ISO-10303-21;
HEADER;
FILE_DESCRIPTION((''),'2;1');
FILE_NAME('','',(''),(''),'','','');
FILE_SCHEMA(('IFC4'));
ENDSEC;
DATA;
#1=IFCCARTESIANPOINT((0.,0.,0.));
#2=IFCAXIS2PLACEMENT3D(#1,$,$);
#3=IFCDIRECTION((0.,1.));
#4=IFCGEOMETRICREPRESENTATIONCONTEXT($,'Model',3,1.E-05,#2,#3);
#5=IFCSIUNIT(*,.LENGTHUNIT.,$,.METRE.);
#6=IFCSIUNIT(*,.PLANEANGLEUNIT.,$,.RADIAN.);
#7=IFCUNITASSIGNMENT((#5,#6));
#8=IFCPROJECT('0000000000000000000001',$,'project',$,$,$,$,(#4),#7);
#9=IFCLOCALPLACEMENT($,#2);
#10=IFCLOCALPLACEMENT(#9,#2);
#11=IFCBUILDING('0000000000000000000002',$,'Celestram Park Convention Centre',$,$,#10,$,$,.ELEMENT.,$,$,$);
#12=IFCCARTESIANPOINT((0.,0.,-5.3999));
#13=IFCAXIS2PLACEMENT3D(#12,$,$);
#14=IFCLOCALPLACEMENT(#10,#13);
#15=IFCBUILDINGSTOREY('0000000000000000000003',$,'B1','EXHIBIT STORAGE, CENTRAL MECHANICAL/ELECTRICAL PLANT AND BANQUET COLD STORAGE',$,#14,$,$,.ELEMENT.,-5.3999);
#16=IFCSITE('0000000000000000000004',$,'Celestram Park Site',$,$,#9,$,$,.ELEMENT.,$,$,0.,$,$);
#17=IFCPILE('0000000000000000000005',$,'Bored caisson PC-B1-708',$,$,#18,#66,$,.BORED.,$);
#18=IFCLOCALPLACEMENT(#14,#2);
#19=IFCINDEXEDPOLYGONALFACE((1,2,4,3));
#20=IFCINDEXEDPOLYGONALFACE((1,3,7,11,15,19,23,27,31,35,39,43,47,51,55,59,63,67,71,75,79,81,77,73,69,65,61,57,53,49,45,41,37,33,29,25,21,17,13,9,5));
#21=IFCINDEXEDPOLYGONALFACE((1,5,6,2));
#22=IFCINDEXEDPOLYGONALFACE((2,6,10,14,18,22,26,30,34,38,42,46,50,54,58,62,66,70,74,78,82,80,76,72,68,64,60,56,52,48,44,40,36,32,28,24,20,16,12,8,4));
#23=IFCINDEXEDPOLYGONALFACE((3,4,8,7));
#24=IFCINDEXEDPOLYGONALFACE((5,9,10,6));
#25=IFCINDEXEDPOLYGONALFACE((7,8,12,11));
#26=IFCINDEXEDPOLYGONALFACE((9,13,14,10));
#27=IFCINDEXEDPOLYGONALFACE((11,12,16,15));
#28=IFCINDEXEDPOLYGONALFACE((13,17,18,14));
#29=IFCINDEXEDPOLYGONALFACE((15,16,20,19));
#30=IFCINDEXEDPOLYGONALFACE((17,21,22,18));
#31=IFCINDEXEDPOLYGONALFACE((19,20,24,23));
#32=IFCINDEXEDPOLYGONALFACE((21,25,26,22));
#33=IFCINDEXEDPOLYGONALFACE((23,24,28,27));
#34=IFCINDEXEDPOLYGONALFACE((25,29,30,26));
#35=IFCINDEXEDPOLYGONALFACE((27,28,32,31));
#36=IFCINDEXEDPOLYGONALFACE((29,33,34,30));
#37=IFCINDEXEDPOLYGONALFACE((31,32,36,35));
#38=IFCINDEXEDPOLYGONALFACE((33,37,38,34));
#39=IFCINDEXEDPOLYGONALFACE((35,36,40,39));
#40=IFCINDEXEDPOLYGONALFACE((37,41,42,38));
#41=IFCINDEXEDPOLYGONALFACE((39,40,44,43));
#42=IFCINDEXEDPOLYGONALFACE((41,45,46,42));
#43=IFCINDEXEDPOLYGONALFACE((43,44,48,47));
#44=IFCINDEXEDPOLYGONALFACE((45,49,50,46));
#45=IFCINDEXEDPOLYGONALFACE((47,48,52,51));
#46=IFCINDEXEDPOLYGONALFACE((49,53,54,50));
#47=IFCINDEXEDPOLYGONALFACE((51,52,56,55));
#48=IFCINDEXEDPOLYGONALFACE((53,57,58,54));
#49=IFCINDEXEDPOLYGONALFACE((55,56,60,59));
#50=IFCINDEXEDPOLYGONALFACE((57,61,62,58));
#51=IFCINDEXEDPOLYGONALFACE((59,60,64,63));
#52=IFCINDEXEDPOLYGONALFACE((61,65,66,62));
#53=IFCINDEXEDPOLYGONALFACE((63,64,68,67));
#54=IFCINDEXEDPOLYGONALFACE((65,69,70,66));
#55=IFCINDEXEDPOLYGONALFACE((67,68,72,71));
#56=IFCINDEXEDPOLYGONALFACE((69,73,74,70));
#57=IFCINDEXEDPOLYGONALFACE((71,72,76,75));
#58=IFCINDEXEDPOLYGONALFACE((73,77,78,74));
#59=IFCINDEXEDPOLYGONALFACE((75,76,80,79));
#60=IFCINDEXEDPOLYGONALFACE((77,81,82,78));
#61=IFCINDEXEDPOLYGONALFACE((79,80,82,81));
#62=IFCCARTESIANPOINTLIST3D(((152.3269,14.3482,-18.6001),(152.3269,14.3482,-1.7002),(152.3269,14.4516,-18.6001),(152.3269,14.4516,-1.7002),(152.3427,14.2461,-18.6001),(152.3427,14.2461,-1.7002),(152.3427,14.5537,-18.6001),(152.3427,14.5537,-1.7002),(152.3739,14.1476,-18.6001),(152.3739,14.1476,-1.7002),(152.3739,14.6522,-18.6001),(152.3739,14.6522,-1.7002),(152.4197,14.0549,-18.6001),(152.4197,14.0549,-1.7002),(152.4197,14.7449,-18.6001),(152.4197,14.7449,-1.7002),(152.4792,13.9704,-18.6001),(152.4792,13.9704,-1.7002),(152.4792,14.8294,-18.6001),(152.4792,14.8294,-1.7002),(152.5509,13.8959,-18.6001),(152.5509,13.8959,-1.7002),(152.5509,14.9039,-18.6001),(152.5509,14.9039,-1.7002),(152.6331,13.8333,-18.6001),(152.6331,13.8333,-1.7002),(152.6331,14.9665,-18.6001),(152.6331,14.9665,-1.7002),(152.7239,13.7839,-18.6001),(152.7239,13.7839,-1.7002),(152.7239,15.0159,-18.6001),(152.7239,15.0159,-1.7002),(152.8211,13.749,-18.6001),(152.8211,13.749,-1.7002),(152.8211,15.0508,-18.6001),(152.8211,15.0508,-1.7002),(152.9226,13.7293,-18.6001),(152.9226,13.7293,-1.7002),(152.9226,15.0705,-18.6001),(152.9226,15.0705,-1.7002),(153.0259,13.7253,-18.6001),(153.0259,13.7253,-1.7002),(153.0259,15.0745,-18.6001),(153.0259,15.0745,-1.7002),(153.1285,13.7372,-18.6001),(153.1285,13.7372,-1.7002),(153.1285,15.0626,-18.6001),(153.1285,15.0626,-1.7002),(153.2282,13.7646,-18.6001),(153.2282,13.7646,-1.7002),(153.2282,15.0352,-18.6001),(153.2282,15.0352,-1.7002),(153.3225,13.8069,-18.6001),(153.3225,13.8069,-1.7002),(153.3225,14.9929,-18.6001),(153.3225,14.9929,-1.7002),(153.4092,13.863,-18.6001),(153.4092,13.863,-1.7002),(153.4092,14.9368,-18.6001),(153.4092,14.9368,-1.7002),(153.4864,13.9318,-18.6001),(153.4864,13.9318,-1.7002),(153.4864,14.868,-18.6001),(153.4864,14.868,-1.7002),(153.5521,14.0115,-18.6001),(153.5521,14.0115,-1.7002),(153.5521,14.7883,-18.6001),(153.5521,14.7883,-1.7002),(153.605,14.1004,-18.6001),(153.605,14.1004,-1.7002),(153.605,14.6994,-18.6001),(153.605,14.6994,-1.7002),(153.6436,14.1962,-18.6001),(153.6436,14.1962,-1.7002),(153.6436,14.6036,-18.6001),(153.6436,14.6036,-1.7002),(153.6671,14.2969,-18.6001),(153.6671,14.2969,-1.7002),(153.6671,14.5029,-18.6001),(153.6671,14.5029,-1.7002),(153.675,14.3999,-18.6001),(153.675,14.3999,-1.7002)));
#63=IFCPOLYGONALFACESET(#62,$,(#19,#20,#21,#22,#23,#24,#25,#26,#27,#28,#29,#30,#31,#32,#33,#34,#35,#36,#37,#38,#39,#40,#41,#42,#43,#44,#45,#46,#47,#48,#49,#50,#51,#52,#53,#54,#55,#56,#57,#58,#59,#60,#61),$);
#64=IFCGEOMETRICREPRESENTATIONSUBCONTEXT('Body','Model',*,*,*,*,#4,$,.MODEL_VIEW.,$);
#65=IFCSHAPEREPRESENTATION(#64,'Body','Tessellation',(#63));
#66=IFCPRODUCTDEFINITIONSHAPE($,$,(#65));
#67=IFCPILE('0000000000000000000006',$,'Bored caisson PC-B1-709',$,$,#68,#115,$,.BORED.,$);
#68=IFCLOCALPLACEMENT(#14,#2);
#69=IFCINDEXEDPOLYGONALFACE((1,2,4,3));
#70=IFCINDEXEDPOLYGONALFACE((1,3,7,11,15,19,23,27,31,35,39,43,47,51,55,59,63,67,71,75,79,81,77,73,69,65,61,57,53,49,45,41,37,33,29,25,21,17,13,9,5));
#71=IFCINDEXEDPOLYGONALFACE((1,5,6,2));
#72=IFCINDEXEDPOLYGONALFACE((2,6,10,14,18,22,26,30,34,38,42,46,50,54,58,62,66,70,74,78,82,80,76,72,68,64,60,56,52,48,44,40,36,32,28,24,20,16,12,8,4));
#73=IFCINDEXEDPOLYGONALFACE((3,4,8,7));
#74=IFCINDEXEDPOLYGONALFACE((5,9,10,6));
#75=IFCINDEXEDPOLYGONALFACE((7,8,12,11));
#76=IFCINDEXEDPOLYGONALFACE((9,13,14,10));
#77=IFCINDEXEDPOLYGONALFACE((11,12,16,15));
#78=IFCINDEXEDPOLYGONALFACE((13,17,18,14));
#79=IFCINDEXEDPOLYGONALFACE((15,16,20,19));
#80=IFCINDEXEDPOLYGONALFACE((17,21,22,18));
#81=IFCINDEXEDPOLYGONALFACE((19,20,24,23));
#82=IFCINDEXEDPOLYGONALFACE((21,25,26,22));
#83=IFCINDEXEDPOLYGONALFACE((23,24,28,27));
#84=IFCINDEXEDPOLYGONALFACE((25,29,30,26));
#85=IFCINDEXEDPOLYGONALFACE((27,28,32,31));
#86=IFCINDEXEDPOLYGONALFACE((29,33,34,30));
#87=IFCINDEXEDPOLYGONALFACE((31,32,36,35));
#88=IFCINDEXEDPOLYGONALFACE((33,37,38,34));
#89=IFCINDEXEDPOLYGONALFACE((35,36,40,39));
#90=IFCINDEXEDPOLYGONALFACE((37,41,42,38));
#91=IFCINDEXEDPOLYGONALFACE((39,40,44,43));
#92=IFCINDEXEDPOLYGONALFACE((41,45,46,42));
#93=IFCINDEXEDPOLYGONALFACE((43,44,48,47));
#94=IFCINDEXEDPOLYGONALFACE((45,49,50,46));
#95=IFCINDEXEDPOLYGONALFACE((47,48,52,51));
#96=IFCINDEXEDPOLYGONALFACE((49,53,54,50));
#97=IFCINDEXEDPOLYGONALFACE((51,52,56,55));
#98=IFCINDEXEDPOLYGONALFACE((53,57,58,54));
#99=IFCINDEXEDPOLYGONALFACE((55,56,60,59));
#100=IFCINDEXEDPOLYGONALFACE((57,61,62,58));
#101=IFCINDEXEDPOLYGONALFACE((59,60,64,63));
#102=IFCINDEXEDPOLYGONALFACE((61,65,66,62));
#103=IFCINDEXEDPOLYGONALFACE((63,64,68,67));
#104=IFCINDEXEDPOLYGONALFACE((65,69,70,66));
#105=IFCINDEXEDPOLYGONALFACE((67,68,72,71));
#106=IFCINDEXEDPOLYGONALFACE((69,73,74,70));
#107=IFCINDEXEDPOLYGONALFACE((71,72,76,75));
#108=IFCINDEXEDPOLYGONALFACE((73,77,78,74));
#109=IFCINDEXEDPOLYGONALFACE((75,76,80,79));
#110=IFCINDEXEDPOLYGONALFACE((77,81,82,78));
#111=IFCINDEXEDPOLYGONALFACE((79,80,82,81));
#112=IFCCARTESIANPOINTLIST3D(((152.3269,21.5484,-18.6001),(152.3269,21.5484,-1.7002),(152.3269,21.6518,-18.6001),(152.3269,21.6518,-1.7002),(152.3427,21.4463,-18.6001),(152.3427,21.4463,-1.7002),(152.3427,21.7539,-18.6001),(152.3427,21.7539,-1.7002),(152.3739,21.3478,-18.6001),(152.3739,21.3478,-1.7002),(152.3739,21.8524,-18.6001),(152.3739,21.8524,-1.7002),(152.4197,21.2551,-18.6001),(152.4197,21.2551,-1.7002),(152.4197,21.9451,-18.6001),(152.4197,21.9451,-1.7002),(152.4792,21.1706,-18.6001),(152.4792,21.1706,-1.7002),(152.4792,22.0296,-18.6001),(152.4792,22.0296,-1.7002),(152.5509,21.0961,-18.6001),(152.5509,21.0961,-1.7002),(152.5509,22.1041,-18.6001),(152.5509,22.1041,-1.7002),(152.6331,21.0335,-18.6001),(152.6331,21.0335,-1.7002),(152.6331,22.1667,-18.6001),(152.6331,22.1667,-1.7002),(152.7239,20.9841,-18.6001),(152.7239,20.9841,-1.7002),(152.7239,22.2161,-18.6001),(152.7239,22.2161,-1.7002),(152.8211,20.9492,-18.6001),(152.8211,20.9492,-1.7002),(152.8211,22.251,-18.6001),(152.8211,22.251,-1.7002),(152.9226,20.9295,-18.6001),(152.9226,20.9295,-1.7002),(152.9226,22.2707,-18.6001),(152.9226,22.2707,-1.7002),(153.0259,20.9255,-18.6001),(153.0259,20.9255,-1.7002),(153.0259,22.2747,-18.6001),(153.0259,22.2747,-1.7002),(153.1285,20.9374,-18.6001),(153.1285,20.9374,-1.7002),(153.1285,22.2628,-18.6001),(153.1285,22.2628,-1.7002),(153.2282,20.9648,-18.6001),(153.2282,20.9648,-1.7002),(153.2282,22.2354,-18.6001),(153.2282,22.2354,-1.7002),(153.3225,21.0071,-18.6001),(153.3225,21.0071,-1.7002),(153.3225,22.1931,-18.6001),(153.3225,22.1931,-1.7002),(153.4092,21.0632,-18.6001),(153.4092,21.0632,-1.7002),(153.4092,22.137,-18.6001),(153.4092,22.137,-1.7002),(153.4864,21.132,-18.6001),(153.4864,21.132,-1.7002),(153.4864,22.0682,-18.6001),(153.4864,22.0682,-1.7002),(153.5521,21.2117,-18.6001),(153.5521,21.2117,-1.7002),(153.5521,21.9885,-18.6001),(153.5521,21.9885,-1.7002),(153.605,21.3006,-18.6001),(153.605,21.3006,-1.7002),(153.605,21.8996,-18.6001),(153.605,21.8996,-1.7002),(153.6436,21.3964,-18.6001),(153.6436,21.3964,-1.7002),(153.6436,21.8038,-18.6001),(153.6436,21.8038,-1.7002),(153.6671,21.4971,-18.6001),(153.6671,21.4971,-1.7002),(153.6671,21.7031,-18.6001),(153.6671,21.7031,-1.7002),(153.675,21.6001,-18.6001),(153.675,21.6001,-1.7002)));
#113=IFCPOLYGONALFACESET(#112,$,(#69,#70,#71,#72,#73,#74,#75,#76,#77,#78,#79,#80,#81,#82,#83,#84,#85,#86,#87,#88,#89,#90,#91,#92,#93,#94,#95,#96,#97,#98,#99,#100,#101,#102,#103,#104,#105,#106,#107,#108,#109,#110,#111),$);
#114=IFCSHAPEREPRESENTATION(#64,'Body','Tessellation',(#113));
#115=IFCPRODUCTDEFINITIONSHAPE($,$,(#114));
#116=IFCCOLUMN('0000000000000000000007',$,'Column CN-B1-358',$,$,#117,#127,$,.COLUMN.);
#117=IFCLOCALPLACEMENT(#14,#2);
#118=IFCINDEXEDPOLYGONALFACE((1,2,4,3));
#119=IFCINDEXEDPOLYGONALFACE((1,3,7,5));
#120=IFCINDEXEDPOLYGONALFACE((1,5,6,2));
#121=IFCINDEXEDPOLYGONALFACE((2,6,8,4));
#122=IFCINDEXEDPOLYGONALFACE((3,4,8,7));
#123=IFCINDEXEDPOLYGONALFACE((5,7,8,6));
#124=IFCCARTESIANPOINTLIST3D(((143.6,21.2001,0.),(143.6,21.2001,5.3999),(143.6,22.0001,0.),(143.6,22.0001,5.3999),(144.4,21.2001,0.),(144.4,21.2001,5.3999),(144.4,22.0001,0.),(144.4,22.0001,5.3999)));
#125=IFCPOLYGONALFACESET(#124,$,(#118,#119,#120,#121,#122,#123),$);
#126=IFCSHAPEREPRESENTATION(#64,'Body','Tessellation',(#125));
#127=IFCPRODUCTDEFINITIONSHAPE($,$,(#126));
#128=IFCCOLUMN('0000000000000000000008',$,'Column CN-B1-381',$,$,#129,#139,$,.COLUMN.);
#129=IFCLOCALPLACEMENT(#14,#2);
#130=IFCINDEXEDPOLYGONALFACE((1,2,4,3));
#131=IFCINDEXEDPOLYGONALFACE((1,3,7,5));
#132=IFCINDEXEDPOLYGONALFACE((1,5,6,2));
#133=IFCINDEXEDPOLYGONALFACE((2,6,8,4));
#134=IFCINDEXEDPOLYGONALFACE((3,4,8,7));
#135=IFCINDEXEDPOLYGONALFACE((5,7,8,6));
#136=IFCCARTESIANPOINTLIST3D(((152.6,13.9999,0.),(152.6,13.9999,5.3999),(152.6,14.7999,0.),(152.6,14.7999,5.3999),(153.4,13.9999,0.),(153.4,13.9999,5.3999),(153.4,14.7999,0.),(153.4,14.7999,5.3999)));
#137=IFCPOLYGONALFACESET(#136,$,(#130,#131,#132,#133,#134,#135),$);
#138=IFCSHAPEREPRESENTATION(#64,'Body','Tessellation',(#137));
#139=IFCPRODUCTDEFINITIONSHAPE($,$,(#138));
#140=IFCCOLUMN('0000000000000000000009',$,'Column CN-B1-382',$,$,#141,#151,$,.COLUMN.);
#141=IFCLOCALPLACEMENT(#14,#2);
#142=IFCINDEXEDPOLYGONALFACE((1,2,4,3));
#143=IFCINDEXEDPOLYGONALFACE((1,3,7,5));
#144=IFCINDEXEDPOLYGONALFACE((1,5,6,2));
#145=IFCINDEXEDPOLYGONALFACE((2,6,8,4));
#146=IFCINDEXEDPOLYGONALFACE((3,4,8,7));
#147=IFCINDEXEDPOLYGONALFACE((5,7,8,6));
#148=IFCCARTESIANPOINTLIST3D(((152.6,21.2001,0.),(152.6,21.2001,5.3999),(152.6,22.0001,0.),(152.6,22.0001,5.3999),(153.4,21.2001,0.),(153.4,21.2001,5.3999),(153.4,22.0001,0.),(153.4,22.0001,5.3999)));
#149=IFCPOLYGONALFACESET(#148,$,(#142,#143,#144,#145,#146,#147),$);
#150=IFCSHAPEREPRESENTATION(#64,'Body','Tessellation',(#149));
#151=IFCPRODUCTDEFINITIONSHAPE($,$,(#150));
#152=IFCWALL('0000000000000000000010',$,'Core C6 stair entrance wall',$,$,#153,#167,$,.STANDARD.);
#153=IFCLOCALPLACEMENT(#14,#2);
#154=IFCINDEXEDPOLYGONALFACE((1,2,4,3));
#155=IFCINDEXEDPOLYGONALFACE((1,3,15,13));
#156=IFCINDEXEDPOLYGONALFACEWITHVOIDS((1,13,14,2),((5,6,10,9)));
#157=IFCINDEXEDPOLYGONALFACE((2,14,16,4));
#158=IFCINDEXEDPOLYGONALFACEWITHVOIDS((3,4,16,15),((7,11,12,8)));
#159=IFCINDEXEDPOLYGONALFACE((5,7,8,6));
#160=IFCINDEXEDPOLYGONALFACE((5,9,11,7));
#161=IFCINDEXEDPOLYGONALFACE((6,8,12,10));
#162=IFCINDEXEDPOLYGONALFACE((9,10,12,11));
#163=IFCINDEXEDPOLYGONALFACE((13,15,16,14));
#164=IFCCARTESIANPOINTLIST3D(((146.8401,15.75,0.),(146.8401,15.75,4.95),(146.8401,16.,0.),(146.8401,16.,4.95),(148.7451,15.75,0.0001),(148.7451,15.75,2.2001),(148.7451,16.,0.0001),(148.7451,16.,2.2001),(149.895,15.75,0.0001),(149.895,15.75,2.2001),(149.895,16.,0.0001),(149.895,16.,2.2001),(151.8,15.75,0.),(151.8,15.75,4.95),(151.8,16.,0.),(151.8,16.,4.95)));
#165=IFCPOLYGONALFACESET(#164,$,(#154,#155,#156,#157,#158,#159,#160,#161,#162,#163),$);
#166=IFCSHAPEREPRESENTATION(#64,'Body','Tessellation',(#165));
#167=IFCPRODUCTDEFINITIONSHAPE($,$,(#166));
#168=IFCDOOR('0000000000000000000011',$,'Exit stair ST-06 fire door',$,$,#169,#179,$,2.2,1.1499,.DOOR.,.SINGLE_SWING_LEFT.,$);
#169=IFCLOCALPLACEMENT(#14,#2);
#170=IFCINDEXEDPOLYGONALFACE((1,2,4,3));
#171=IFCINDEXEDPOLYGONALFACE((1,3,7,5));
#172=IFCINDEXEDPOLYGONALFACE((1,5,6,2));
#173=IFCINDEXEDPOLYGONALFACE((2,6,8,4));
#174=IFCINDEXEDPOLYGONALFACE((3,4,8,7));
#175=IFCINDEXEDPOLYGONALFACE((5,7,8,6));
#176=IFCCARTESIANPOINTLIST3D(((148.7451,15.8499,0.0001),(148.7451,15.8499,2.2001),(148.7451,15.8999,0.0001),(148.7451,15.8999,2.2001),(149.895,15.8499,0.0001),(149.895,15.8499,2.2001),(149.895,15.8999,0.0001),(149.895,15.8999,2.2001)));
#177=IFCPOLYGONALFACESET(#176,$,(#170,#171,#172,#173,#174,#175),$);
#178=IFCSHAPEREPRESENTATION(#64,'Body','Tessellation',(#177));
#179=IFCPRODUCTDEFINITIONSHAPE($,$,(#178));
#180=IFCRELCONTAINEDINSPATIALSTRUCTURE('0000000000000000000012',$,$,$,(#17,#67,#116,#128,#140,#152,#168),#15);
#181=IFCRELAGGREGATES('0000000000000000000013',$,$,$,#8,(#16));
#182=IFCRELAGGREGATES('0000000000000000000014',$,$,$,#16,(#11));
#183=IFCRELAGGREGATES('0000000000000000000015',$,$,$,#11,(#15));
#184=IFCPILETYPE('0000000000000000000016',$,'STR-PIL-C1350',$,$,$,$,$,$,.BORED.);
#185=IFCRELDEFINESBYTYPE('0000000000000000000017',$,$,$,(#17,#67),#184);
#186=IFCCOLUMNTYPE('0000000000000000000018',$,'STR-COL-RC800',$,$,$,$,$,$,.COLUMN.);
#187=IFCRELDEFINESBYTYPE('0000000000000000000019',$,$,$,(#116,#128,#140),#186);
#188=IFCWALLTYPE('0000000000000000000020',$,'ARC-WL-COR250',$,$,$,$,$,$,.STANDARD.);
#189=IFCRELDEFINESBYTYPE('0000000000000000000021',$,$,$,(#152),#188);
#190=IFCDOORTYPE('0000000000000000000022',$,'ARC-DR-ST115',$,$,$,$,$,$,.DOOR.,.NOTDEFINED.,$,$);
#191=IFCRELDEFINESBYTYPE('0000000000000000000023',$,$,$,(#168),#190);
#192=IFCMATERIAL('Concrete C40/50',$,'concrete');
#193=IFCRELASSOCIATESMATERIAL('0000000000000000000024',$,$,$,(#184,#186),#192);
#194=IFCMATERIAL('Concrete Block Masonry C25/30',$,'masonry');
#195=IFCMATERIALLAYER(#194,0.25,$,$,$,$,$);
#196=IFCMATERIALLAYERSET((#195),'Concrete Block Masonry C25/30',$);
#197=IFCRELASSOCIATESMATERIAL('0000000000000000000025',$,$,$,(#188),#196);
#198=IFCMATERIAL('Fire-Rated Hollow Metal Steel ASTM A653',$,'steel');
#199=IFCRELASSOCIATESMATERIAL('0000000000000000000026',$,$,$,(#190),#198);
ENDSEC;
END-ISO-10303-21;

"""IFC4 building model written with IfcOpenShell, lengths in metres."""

from ifc_helpers import new_model, si_unit, direction, frame, frame_2d, origin, origin_2d, place, context, subcontext, project, spatial, rectangle, circle, extrude, material, layer, layer_set, material_profile, profile_set, type_object, element, fill, save


model = new_model("IFC4")

# Units and contexts
model_context = context("Model", 3, precision=1e-05, world=origin(), true_north=direction((0.0, 1.0)))
body_context = subcontext(model_context, "Body", "Model", "MODEL_VIEW")
ifc_project = project(units=[si_unit("LENGTHUNIT", "METRE"), si_unit("PLANEANGLEUNIT", "RADIAN")], contexts=[model_context])

# Site, building, storey
site_placement = place(None, origin())
site = spatial("IfcSite", under=ifc_project, at=site_placement, Name="Celestram Park Site", CompositionType="ELEMENT", RefElevation=0.0)
building_placement = place(site_placement, origin())
building = spatial("IfcBuilding", under=site, at=building_placement, Name="Celestram Park Convention Centre", CompositionType="ELEMENT")
storey_placement = place(building_placement, frame((0.0, 0.0, -5.3999)))
storey = spatial("IfcBuildingStorey", under=building, at=storey_placement, Name="B1", Description="EXHIBIT STORAGE, CENTRAL MECHANICAL/ELECTRICAL PLANT AND BANQUET COLD STORAGE", CompositionType="ELEMENT", Elevation=-5.3999)

# Shared definitions
ifc_material_1 = material(Name="Concrete C40/50", Category="concrete")

# Piles
ifc_material_profile_1 = material_profile(ifc_material_1, circle(Radius=0.675, at=origin_2d()), Name="CAISSON1350")
ifc_profile_set_1 = profile_set([ifc_material_profile_1], Name="Concrete C40/50")
pile_type = type_object("IfcPileType", Name="STR-PIL-C1350", PredefinedType="BORED", material=ifc_profile_set_1)
for number, where, z_axis, x_axis, name in (
    (1, (153.0, 14.3999, -1.7002), (0.0, 0.0, -1.0), (1.0, 0.0, 0.0), "Bored caisson PC-B1-708"),
    (2, (153.0, 21.6001, -1.7002), (0.0, 0.0, -1.0), (1.0, 0.0, 0.0), "Bored caisson PC-B1-709"),
):
    element("IfcPile", number, at=place(storey_placement, frame(where, z_axis=z_axis, x_axis=x_axis)), inside=storey, type_object=pile_type, Name=name, PredefinedType="BORED", context=body_context, shape_type="SweptSolid", body=[
        extrude(circle(Radius=0.675, at=origin_2d()), origin(), (0.0, 0.0, 1.0), 16.8999),
    ])

# Columns
ifc_material_profile_2 = material_profile(ifc_material_1, rectangle(XDim=0.8, YDim=0.8, at=origin_2d()), Name="RC800X800")
ifc_profile_set_2 = profile_set([ifc_material_profile_2], Name="Concrete C40/50")
column_type = type_object("IfcColumnType", Name="STR-COL-RC800", PredefinedType="COLUMN", material=ifc_profile_set_2)
for number, where, z_axis, x_axis, name in (
    (3, (144.0, 21.6001, 0.0), (0.0, 0.0, 1.0), (1.0, 0.0, 0.0), "Column CN-B1-358"),
    (4, (153.0, 14.3999, 0.0), (0.0, 0.0, 1.0), (1.0, 0.0, 0.0), "Column CN-B1-381"),
    (5, (153.0, 21.6001, 0.0), (0.0, 0.0, 1.0), (1.0, 0.0, 0.0), "Column CN-B1-382"),
):
    element("IfcColumn", number, at=place(storey_placement, frame(where, z_axis=z_axis, x_axis=x_axis)), inside=storey, type_object=column_type, Name=name, PredefinedType="COLUMN", context=body_context, shape_type="SweptSolid", body=[
        extrude(rectangle(XDim=0.8, YDim=0.8, at=origin_2d()), origin(), (0.0, 0.0, 1.0), 5.3999),
    ])

# Wall, opening, door
ifc_material_2 = material(Name="Concrete Block Masonry C25/30", Category="masonry")
ifc_layer_1 = layer(ifc_material_2, 0.25)
ifc_layer_set_1 = layer_set([ifc_layer_1], Name="Concrete Block Masonry C25/30")
wall_type_1 = type_object("IfcWallType", Name="ARC-WL-COR250", PredefinedType="STANDARD", material=ifc_layer_set_1)
wall_1_placement = place(storey_placement, frame((146.8401, 15.875, 0.0), z_axis=(0.0, 0.0, 1.0), x_axis=(1.0, 0.0, 0.0)))
wall_1 = element("IfcWall", 6, at=wall_1_placement, inside=storey, type_object=wall_type_1, Name="Core C6 stair entrance wall", PredefinedType="STANDARD", context=body_context, shape_type="SweptSolid", body=[
    extrude(rectangle(XDim=4.96, YDim=0.25, at=frame_2d((2.48, 0.0))), origin(), (0.0, 0.0, 1.0), 4.95),
])
opening_1_placement = place(wall_1_placement, frame((1.905, 0.0, 0.0)))
opening_1 = element("IfcOpeningElement", 7, at=opening_1_placement, cuts=wall_1, PredefinedType="OPENING", context=body_context, shape_type="SweptSolid", body=[
    extrude(rectangle(XDim=1.1499, YDim=2.2, at=frame_2d((0.575, 1.1001))), frame((0.0, 0.135, 0.0), z_axis=(0.0, -1.0, 0.0), x_axis=(1.0, 0.0, 0.0)), (0.0, 0.0, 1.0), 0.27),
])
ifc_material_3 = material(Name="Fire-Rated Hollow Metal Steel ASTM A653", Category="steel")
door_type_1 = type_object("IfcDoorType", Name="ARC-DR-ST115", OperationType="NOTDEFINED", PredefinedType="DOOR", material=ifc_material_3)
door_1_placement = place(opening_1_placement, origin())
door_1 = element("IfcDoor", 8, at=door_1_placement, inside=storey, type_object=door_type_1, Name="Exit stair ST-06 fire door", OperationType="SINGLE_SWING_LEFT", OverallHeight=2.2, OverallWidth=1.1499, PredefinedType="DOOR", context=body_context, shape_type="SweptSolid", body=[
    extrude(rectangle(XDim=1.1499, YDim=2.2, at=frame_2d((0.575, 1.1001))), frame((0.0, 0.0249, 0.0), z_axis=(0.0, -1.0, 0.0), x_axis=(1.0, 0.0, 0.0)), (0.0, 0.0, 1.0), 0.05),
])
fill(opening_1, door_1)

save(model, "model.ifc")
